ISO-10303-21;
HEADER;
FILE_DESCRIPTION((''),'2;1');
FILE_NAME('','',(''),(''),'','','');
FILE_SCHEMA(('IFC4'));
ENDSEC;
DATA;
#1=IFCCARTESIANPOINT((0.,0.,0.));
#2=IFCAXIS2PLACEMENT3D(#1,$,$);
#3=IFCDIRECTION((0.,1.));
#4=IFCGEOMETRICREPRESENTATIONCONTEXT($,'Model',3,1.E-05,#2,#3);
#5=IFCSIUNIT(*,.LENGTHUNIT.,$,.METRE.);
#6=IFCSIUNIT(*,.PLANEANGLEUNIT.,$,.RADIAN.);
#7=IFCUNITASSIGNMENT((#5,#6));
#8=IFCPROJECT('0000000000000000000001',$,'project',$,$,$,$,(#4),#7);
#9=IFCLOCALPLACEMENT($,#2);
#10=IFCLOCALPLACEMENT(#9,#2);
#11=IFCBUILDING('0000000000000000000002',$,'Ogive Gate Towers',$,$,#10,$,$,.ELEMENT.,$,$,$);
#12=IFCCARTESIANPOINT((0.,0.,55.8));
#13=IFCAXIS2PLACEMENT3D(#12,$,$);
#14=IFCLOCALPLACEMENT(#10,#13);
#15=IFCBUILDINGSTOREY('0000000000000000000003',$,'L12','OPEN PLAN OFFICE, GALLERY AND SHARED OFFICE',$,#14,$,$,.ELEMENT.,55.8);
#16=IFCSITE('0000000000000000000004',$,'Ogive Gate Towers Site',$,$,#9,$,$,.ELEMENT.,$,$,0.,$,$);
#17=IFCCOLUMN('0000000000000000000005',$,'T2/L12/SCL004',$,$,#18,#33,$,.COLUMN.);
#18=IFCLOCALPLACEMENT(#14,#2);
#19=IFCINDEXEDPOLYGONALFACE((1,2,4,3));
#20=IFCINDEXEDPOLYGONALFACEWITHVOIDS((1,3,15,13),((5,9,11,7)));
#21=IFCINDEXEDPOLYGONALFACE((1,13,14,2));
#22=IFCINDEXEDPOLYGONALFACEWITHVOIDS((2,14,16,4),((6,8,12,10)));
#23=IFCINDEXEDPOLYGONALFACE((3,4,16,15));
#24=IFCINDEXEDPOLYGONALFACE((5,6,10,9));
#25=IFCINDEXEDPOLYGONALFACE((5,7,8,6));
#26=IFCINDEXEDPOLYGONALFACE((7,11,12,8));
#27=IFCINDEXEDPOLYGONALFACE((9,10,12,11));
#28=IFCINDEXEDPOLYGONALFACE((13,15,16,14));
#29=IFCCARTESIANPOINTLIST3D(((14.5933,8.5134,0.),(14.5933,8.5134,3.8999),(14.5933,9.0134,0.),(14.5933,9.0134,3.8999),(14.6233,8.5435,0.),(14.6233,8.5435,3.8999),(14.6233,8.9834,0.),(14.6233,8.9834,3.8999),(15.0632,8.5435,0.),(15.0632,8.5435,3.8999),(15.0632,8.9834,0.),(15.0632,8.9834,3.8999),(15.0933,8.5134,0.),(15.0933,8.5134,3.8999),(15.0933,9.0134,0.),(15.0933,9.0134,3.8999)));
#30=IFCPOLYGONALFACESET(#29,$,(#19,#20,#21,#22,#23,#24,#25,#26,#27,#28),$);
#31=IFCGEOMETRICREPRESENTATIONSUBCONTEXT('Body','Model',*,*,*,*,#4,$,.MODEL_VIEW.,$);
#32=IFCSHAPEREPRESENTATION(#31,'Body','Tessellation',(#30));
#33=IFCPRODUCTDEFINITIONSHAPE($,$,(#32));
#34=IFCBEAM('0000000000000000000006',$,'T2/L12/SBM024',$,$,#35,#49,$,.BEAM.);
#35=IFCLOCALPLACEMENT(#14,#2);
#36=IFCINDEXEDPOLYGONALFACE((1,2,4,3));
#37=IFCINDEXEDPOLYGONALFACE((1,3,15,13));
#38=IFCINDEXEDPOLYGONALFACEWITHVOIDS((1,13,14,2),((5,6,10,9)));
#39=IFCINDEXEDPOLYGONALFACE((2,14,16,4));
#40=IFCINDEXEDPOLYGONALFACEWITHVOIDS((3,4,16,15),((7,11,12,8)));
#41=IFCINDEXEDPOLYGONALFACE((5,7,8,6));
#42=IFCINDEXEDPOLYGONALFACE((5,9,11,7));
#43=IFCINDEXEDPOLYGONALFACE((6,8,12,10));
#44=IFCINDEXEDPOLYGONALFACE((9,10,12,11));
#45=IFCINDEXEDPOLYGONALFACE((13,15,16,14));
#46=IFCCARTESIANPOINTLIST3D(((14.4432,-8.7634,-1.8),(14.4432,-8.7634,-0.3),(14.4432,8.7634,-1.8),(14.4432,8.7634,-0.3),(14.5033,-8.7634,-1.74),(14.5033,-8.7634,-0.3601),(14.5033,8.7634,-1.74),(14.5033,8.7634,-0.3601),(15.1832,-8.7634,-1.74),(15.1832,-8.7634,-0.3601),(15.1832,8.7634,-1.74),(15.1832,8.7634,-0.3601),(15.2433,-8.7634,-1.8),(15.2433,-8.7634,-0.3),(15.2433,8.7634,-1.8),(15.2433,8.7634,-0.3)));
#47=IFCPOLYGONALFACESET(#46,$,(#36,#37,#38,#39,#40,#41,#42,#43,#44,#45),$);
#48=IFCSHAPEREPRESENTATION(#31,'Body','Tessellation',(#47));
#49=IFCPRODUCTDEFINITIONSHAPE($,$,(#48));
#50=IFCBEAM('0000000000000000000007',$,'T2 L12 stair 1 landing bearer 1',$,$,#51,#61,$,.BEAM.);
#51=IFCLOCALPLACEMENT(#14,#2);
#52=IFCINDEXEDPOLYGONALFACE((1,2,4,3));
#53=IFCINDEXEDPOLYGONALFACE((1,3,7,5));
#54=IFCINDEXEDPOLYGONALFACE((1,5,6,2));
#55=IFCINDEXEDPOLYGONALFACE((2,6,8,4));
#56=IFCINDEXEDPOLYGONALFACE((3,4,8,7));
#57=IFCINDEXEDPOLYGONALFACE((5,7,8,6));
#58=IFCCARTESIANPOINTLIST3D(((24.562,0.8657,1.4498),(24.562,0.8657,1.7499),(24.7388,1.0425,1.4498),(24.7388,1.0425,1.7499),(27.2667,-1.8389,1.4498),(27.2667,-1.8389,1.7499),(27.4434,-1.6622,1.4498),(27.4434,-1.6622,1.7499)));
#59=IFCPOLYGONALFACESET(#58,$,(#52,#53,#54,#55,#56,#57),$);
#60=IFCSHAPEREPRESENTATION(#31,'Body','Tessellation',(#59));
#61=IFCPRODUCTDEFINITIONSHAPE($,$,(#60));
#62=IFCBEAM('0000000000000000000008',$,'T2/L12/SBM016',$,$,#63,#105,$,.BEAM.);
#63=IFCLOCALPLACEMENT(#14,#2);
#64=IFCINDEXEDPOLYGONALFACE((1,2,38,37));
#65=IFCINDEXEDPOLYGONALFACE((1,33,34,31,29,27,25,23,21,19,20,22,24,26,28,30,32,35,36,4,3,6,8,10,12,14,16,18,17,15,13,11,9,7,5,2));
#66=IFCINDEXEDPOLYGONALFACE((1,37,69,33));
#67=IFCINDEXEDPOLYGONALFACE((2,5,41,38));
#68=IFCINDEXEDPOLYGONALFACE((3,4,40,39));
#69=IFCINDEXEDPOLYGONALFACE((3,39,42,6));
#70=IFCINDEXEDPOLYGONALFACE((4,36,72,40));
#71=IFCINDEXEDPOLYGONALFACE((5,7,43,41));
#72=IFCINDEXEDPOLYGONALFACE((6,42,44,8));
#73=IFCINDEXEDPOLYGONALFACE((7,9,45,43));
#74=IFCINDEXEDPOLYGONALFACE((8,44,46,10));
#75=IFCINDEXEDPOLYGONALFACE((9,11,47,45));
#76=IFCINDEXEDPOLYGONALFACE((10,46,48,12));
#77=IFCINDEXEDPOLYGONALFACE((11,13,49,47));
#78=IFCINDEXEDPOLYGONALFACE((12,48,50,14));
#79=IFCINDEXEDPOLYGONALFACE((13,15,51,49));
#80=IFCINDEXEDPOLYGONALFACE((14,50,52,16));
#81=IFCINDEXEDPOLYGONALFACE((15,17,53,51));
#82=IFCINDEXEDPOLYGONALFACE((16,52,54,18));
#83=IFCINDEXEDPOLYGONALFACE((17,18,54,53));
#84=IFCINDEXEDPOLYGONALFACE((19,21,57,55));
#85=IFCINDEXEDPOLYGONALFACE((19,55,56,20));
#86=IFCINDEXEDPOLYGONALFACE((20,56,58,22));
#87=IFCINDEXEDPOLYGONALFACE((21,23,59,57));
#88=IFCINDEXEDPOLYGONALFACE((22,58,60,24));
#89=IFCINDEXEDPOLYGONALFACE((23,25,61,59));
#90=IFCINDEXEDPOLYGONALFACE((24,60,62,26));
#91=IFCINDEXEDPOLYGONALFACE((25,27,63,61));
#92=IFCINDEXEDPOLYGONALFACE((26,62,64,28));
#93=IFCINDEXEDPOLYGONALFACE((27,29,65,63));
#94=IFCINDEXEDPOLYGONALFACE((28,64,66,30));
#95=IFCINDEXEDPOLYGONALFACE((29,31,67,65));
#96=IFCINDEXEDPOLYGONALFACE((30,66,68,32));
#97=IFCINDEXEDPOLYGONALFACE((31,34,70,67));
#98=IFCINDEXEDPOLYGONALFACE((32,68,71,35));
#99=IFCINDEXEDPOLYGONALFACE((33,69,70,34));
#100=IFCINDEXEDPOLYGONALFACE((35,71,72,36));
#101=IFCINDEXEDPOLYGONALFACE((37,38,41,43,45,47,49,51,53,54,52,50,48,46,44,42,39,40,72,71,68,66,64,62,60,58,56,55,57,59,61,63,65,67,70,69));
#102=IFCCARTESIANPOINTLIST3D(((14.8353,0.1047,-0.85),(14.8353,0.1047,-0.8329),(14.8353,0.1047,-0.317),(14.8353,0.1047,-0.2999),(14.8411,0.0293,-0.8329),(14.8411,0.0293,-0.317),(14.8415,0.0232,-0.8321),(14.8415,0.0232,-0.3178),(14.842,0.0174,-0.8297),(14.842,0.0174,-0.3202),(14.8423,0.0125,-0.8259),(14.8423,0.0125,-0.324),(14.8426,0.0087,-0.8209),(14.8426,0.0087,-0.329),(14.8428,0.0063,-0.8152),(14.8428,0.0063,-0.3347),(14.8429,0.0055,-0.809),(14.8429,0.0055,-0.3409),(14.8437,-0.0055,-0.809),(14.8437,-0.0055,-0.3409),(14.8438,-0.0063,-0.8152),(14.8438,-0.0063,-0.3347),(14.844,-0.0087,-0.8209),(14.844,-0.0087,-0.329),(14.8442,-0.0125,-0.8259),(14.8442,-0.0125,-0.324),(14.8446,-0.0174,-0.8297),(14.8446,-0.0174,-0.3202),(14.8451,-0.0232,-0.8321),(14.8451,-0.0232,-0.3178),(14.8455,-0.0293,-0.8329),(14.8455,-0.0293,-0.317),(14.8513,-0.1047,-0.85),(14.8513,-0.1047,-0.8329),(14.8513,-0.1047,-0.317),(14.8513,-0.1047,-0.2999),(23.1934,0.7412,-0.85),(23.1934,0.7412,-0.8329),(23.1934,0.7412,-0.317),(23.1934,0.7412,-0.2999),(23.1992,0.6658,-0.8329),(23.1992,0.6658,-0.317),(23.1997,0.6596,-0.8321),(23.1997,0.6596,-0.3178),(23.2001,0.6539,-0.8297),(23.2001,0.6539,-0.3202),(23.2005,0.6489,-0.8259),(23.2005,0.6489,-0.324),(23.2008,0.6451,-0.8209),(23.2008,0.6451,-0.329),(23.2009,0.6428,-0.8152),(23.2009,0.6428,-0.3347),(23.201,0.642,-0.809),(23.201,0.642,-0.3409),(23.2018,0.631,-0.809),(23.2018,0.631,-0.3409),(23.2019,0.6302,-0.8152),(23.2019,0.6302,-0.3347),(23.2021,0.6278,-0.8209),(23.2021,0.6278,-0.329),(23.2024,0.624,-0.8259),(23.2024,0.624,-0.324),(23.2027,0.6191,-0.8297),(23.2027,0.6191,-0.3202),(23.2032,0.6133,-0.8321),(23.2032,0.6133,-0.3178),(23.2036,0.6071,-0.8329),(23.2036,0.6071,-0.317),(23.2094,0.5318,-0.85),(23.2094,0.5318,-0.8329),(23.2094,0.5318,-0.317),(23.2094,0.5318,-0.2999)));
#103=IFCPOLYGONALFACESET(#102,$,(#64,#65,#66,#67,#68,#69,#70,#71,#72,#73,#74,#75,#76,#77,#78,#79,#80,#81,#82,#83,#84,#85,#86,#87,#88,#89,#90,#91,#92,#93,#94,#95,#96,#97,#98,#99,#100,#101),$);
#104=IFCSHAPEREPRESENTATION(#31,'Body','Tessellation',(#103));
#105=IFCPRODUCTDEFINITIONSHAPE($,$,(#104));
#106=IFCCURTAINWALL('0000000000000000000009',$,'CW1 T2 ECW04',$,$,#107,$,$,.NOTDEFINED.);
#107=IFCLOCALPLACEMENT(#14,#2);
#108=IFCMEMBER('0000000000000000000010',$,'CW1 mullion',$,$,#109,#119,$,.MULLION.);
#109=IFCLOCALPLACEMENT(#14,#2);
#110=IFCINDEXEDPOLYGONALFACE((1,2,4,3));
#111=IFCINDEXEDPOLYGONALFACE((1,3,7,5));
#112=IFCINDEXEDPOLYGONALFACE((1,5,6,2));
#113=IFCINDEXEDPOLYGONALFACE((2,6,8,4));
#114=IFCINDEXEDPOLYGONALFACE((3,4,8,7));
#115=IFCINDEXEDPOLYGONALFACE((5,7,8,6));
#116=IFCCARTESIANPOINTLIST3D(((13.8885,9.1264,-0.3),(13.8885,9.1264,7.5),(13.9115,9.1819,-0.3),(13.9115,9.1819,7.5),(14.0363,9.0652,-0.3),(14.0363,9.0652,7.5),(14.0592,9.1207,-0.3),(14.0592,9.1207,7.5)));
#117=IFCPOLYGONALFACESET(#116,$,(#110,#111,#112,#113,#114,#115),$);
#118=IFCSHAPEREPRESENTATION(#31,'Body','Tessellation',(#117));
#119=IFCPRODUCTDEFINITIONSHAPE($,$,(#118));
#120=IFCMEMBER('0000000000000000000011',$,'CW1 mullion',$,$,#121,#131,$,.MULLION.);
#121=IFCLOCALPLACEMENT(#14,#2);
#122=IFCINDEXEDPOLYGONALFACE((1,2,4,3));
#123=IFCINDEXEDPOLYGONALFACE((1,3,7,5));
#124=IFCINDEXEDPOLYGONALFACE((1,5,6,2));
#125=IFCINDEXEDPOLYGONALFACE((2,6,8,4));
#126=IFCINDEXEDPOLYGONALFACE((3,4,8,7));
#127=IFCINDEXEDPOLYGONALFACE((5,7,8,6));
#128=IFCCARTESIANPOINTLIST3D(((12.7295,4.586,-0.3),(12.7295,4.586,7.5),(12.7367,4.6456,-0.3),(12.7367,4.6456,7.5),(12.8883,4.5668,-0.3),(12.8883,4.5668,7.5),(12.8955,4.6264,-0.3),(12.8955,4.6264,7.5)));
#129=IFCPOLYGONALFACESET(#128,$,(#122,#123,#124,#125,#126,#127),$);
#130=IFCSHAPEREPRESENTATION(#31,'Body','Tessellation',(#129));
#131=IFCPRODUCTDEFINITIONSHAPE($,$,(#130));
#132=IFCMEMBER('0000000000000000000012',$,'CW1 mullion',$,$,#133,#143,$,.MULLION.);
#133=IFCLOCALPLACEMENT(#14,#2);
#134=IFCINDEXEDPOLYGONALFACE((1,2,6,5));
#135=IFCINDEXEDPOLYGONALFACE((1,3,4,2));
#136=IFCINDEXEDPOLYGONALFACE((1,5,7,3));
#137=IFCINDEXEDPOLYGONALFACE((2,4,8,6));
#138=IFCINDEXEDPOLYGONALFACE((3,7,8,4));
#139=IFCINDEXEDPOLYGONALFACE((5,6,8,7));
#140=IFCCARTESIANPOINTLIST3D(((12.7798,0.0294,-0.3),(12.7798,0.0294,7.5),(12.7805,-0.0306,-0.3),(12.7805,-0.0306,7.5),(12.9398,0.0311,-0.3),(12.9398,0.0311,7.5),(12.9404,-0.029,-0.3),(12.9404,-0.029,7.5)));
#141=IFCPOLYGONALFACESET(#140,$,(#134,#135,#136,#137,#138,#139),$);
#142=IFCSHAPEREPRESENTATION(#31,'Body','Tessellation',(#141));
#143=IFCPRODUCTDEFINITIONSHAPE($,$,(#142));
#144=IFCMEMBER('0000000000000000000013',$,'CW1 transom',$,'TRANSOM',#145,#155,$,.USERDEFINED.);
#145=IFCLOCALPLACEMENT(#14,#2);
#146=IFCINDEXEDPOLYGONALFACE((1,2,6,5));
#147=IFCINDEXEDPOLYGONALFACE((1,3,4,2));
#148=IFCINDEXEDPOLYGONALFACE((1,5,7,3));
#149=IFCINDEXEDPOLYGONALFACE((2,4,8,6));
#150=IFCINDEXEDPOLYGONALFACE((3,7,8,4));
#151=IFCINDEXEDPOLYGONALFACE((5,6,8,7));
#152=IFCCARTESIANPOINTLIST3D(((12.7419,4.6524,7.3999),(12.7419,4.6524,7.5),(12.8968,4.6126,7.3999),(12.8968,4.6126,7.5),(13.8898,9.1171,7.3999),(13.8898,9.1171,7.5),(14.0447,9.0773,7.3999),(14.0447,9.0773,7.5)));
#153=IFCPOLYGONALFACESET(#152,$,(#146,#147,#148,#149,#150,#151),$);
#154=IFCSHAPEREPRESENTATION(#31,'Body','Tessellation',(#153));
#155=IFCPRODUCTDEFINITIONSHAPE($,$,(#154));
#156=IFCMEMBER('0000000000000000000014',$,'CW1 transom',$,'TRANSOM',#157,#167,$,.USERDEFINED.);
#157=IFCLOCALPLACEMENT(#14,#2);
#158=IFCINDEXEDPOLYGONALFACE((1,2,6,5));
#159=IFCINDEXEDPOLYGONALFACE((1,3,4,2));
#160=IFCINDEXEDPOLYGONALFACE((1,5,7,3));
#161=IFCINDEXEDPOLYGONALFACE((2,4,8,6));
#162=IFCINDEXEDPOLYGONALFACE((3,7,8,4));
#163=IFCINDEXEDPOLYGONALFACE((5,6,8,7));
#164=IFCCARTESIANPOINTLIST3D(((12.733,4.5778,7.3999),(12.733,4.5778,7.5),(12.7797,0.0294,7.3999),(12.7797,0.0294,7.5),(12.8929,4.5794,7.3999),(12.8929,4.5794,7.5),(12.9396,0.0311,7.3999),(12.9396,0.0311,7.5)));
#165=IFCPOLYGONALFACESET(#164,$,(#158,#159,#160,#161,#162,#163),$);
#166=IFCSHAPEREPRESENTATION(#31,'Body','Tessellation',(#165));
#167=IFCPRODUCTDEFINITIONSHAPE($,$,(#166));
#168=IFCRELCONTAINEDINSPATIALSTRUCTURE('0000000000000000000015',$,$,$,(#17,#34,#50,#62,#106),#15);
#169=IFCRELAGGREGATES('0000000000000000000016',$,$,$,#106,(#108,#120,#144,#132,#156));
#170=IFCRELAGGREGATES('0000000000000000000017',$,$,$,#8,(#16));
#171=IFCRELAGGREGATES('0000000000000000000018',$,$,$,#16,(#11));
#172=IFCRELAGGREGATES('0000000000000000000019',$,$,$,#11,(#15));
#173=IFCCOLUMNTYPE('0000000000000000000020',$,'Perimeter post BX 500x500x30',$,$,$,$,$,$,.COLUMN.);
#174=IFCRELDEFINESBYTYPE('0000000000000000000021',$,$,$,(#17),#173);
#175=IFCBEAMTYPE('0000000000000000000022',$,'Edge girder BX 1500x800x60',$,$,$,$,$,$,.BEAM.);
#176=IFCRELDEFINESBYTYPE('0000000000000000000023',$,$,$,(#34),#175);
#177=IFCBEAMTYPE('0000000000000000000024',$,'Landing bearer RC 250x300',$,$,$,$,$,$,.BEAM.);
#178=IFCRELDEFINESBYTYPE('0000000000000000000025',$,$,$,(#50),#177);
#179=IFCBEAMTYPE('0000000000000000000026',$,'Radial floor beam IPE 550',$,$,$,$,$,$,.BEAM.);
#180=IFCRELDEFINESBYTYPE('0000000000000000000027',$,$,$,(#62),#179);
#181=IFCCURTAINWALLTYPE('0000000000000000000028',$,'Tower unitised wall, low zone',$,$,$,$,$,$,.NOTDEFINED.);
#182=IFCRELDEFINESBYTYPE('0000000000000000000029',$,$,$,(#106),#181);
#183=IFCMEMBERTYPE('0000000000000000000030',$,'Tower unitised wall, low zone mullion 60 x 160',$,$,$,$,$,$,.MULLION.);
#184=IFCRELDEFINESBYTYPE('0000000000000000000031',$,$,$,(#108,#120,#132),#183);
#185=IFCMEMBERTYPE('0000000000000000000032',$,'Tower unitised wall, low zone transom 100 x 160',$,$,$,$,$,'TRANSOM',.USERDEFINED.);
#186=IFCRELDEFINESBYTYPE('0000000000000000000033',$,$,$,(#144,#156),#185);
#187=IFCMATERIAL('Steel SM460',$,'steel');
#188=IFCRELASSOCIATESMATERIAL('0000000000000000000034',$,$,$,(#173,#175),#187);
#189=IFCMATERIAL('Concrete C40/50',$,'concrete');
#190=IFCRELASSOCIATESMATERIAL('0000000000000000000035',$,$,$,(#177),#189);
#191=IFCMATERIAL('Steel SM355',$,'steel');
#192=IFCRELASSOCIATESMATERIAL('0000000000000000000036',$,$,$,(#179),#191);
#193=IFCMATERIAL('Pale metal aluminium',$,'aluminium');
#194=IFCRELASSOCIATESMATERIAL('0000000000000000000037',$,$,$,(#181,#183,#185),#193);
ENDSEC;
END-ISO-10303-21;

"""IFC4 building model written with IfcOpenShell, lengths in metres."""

from ifc_helpers import new_model, si_unit, direction, frame, origin, origin_2d, place, context, subcontext, project, spatial, rectangle, hollow_rectangle, i_section, extrude, material, material_profile, profile_set, type_object, element, aggregate, save


model = new_model("IFC4")

# Units and contexts
model_context = context("Model", 3, precision=1e-05, world=origin(), true_north=direction((0.0, 1.0)))
body_context = subcontext(model_context, "Body", "Model", "MODEL_VIEW")
ifc_project = project(units=[si_unit("LENGTHUNIT", "METRE"), si_unit("PLANEANGLEUNIT", "RADIAN")], contexts=[model_context])

# Site, building, storey
site_placement = place(None, origin())
site = spatial("IfcSite", under=ifc_project, at=site_placement, Name="Ogive Gate Towers Site", CompositionType="ELEMENT", RefElevation=0.0)
building_placement = place(site_placement, origin())
building = spatial("IfcBuilding", under=site, at=building_placement, Name="Ogive Gate Towers", CompositionType="ELEMENT")
storey_placement = place(building_placement, frame((0.0, 0.0, 55.8)))
storey = spatial("IfcBuildingStorey", under=building, at=storey_placement, Name="L12", Description="OPEN PLAN OFFICE, GALLERY AND SHARED OFFICE", CompositionType="ELEMENT", Elevation=55.8)

# Column
ifc_material_1 = material(Name="Steel SM460", Category="steel")
ifc_material_profile_1 = material_profile(ifc_material_1, hollow_rectangle(XDim=0.5, YDim=0.5, WallThickness=0.03, at=origin_2d()), Name="BX 500x500x30")
ifc_profile_set_1 = profile_set([ifc_material_profile_1], Name="Steel SM460")
column_type = type_object("IfcColumnType", Name="Perimeter post BX 500x500x30", PredefinedType="COLUMN", material=ifc_profile_set_1)
column_placement = place(storey_placement, frame((14.8433, 8.7634, 0.0), z_axis=(0.0, 0.0, 1.0), x_axis=(1.0, 0.0, 0.0)))
element("IfcColumn", 1, at=column_placement, inside=storey, type_object=column_type, Name="T2/L12/SCL004", PredefinedType="COLUMN", context=body_context, shape_type="SweptSolid", body=[
    extrude(hollow_rectangle(XDim=0.5, YDim=0.5, WallThickness=0.03, at=origin_2d()), origin(), (0.0, 0.0, 1.0), 3.8999),
])

# Beams
ifc_material_profile_2 = material_profile(ifc_material_1, hollow_rectangle(XDim=0.8, YDim=1.5, WallThickness=0.0601, at=origin_2d()), Name="BX 1500x800x60")
ifc_profile_set_2 = profile_set([ifc_material_profile_2], Name="Steel SM460")
beam_type_1 = type_object("IfcBeamType", Name="Edge girder BX 1500x800x60", PredefinedType="BEAM", material=ifc_profile_set_2)
beam_1_placement = place(storey_placement, frame((14.8433, 8.7634, -1.05), z_axis=(0.0, -1.0, 0.0), x_axis=(1.0, 0.0, 0.0)))
element("IfcBeam", 2, at=beam_1_placement, inside=storey, type_object=beam_type_1, Name="T2/L12/SBM024", PredefinedType="BEAM", context=body_context, shape_type="SweptSolid", body=[
    extrude(hollow_rectangle(XDim=0.8, YDim=1.5, WallThickness=0.0601, at=origin_2d()), origin(), (0.0, 0.0, 1.0), 17.5269),
])
ifc_material_2 = material(Name="Concrete C40/50", Category="concrete")
ifc_material_profile_3 = material_profile(ifc_material_2, rectangle(XDim=0.25, YDim=0.3, at=origin_2d()), Name="RC 250x300")
ifc_profile_set_3 = profile_set([ifc_material_profile_3], Name="Concrete C40/50")
beam_type_2 = type_object("IfcBeamType", Name="Landing bearer RC 250x300", PredefinedType="BEAM", material=ifc_profile_set_3)
beam_2_placement = place(storey_placement, frame((24.6504, 0.9541, 1.5999), z_axis=(0.707107, -0.707107, 0.0), x_axis=(0.707107, 0.707107, 0.0)))
element("IfcBeam", 3, at=beam_2_placement, inside=storey, type_object=beam_type_2, Name="T2 L12 stair 1 landing bearer 1", PredefinedType="BEAM", context=body_context, shape_type="SweptSolid", body=[
    extrude(rectangle(XDim=0.25, YDim=0.3, at=origin_2d()), origin(), (0.0, 0.0, 1.0), 3.825),
])
ifc_material_3 = material(Name="Steel SM355", Category="steel")
ifc_material_profile_4 = material_profile(ifc_material_3, i_section(OverallWidth=0.21, OverallDepth=0.55, WebThickness=0.011, FlangeThickness=0.0171, FilletRadius=0.0239, at=origin_2d()), Name="IPE 550")
ifc_profile_set_4 = profile_set([ifc_material_profile_4], Name="Steel SM355")
beam_type_3 = type_object("IfcBeamType", Name="Radial floor beam IPE 550", PredefinedType="BEAM", material=ifc_profile_set_4)
beam_3_placement = place(storey_placement, frame((23.2014, 0.6365, -0.575), z_axis=(-0.997113, -0.07593, 0.0), x_axis=(0.07593, -0.997113, 0.0)))
element("IfcBeam", 4, at=beam_3_placement, inside=storey, type_object=beam_type_3, Name="T2/L12/SBM016", PredefinedType="BEAM", context=body_context, shape_type="SweptSolid", body=[
    extrude(i_section(OverallWidth=0.21, OverallDepth=0.55, WebThickness=0.011, FlangeThickness=0.0171, FilletRadius=0.0239, at=origin_2d()), origin(), (0.0, 0.0, 1.0), 8.3823),
])

# Curtain wall, members
ifc_material_4 = material(Name="Pale metal aluminium", Category="aluminium")
curtain_wall_type = type_object("IfcCurtainWallType", Name="Tower unitised wall, low zone", PredefinedType="NOTDEFINED", material=ifc_material_4)
curtain_wall_placement = place(storey_placement, origin())
curtain_wall = element("IfcCurtainWall", 5, at=curtain_wall_placement, inside=storey, type_object=curtain_wall_type, Name="CW1 T2 ECW04", PredefinedType="NOTDEFINED")
ifc_material_profile_5 = material_profile(ifc_material_4, rectangle(XDim=0.1599, YDim=0.0601, at=origin_2d()), Name="60 x 160 aluminium box")
ifc_profile_set_5 = profile_set([ifc_material_profile_5], Name="Pale metal aluminium")
member_type_1 = type_object("IfcMemberType", Name="Tower unitised wall, low zone mullion 60 x 160", PredefinedType="MULLION", material=ifc_profile_set_5)
member_1_placement = place(storey_placement, frame((13.9739, 9.1235, -0.3), z_axis=(0.0, 0.0, 1.0), x_axis=(-0.92388, 0.382683, 0.0)))
member_1 = element("IfcMember", 6, at=member_1_placement, type_object=member_type_1, Name="CW1 mullion", PredefinedType="MULLION", context=body_context, shape_type="SweptSolid", body=[
    extrude(rectangle(XDim=0.1599, YDim=0.0601, at=origin_2d()), origin(), (0.0, 0.0, 1.0), 7.8),
])
member_2_placement = place(storey_placement, frame((12.8125, 4.6062, -0.3), z_axis=(0.0, 0.0, 1.0), x_axis=(-0.992728, 0.120379, 0.0)))
member_2 = element("IfcMember", 7, at=member_2_placement, type_object=member_type_1, Name="CW1 mullion", PredefinedType="MULLION", context=body_context, shape_type="SweptSolid", body=[
    extrude(rectangle(XDim=0.1599, YDim=0.0601, at=origin_2d()), origin(), (0.0, 0.0, 1.0), 7.8),
])
member_3_placement = place(storey_placement, frame((12.8601, 0.0002, -0.3), z_axis=(0.0, 0.0, 1.0), x_axis=(-0.999947, -0.01028, 0.0)))
member_3 = element("IfcMember", 8, at=member_3_placement, type_object=member_type_1, Name="CW1 mullion", PredefinedType="MULLION", context=body_context, shape_type="SweptSolid", body=[
    extrude(rectangle(XDim=0.1599, YDim=0.0601, at=origin_2d()), origin(), (0.0, 0.0, 1.0), 7.8),
])
ifc_material_profile_6 = material_profile(ifc_material_4, rectangle(XDim=0.1599, YDim=0.1001, at=origin_2d()), Name="100 x 160 aluminium box")
ifc_profile_set_6 = profile_set([ifc_material_profile_6], Name="Pale metal aluminium")
member_type_2 = type_object("IfcMemberType", Name="Tower unitised wall, low zone transom 100 x 160", ElementType="TRANSOM", PredefinedType="USERDEFINED", material=ifc_profile_set_6)
member_4_placement = place(storey_placement, frame((13.9673, 9.0972, 7.45), z_axis=(-0.249023, -0.968498, 0.0), x_axis=(0.968498, -0.249023, 0.0)))
member_4 = element("IfcMember", 9, at=member_4_placement, type_object=member_type_2, Name="CW1 transom", ObjectType="TRANSOM", PredefinedType="USERDEFINED", context=body_context, shape_type="SweptSolid", body=[
    extrude(rectangle(XDim=0.1599, YDim=0.1001, at=origin_2d()), origin(), (0.0, 0.0, 1.0), 4.6099),
])
member_5_placement = place(storey_placement, frame((12.813, 4.5786, 7.45), z_axis=(0.010252, -0.999947, 0.0), x_axis=(0.999947, 0.010252, 0.0)))
member_5 = element("IfcMember", 10, at=member_5_placement, type_object=member_type_2, Name="CW1 transom", ObjectType="TRANSOM", PredefinedType="USERDEFINED", context=body_context, shape_type="SweptSolid", body=[
    extrude(rectangle(XDim=0.1599, YDim=0.1001, at=origin_2d()), origin(), (0.0, 0.0, 1.0), 4.5486),
])

aggregate(curtain_wall, [member_1, member_2, member_4, member_3, member_5])

save(model, "model.ifc")
